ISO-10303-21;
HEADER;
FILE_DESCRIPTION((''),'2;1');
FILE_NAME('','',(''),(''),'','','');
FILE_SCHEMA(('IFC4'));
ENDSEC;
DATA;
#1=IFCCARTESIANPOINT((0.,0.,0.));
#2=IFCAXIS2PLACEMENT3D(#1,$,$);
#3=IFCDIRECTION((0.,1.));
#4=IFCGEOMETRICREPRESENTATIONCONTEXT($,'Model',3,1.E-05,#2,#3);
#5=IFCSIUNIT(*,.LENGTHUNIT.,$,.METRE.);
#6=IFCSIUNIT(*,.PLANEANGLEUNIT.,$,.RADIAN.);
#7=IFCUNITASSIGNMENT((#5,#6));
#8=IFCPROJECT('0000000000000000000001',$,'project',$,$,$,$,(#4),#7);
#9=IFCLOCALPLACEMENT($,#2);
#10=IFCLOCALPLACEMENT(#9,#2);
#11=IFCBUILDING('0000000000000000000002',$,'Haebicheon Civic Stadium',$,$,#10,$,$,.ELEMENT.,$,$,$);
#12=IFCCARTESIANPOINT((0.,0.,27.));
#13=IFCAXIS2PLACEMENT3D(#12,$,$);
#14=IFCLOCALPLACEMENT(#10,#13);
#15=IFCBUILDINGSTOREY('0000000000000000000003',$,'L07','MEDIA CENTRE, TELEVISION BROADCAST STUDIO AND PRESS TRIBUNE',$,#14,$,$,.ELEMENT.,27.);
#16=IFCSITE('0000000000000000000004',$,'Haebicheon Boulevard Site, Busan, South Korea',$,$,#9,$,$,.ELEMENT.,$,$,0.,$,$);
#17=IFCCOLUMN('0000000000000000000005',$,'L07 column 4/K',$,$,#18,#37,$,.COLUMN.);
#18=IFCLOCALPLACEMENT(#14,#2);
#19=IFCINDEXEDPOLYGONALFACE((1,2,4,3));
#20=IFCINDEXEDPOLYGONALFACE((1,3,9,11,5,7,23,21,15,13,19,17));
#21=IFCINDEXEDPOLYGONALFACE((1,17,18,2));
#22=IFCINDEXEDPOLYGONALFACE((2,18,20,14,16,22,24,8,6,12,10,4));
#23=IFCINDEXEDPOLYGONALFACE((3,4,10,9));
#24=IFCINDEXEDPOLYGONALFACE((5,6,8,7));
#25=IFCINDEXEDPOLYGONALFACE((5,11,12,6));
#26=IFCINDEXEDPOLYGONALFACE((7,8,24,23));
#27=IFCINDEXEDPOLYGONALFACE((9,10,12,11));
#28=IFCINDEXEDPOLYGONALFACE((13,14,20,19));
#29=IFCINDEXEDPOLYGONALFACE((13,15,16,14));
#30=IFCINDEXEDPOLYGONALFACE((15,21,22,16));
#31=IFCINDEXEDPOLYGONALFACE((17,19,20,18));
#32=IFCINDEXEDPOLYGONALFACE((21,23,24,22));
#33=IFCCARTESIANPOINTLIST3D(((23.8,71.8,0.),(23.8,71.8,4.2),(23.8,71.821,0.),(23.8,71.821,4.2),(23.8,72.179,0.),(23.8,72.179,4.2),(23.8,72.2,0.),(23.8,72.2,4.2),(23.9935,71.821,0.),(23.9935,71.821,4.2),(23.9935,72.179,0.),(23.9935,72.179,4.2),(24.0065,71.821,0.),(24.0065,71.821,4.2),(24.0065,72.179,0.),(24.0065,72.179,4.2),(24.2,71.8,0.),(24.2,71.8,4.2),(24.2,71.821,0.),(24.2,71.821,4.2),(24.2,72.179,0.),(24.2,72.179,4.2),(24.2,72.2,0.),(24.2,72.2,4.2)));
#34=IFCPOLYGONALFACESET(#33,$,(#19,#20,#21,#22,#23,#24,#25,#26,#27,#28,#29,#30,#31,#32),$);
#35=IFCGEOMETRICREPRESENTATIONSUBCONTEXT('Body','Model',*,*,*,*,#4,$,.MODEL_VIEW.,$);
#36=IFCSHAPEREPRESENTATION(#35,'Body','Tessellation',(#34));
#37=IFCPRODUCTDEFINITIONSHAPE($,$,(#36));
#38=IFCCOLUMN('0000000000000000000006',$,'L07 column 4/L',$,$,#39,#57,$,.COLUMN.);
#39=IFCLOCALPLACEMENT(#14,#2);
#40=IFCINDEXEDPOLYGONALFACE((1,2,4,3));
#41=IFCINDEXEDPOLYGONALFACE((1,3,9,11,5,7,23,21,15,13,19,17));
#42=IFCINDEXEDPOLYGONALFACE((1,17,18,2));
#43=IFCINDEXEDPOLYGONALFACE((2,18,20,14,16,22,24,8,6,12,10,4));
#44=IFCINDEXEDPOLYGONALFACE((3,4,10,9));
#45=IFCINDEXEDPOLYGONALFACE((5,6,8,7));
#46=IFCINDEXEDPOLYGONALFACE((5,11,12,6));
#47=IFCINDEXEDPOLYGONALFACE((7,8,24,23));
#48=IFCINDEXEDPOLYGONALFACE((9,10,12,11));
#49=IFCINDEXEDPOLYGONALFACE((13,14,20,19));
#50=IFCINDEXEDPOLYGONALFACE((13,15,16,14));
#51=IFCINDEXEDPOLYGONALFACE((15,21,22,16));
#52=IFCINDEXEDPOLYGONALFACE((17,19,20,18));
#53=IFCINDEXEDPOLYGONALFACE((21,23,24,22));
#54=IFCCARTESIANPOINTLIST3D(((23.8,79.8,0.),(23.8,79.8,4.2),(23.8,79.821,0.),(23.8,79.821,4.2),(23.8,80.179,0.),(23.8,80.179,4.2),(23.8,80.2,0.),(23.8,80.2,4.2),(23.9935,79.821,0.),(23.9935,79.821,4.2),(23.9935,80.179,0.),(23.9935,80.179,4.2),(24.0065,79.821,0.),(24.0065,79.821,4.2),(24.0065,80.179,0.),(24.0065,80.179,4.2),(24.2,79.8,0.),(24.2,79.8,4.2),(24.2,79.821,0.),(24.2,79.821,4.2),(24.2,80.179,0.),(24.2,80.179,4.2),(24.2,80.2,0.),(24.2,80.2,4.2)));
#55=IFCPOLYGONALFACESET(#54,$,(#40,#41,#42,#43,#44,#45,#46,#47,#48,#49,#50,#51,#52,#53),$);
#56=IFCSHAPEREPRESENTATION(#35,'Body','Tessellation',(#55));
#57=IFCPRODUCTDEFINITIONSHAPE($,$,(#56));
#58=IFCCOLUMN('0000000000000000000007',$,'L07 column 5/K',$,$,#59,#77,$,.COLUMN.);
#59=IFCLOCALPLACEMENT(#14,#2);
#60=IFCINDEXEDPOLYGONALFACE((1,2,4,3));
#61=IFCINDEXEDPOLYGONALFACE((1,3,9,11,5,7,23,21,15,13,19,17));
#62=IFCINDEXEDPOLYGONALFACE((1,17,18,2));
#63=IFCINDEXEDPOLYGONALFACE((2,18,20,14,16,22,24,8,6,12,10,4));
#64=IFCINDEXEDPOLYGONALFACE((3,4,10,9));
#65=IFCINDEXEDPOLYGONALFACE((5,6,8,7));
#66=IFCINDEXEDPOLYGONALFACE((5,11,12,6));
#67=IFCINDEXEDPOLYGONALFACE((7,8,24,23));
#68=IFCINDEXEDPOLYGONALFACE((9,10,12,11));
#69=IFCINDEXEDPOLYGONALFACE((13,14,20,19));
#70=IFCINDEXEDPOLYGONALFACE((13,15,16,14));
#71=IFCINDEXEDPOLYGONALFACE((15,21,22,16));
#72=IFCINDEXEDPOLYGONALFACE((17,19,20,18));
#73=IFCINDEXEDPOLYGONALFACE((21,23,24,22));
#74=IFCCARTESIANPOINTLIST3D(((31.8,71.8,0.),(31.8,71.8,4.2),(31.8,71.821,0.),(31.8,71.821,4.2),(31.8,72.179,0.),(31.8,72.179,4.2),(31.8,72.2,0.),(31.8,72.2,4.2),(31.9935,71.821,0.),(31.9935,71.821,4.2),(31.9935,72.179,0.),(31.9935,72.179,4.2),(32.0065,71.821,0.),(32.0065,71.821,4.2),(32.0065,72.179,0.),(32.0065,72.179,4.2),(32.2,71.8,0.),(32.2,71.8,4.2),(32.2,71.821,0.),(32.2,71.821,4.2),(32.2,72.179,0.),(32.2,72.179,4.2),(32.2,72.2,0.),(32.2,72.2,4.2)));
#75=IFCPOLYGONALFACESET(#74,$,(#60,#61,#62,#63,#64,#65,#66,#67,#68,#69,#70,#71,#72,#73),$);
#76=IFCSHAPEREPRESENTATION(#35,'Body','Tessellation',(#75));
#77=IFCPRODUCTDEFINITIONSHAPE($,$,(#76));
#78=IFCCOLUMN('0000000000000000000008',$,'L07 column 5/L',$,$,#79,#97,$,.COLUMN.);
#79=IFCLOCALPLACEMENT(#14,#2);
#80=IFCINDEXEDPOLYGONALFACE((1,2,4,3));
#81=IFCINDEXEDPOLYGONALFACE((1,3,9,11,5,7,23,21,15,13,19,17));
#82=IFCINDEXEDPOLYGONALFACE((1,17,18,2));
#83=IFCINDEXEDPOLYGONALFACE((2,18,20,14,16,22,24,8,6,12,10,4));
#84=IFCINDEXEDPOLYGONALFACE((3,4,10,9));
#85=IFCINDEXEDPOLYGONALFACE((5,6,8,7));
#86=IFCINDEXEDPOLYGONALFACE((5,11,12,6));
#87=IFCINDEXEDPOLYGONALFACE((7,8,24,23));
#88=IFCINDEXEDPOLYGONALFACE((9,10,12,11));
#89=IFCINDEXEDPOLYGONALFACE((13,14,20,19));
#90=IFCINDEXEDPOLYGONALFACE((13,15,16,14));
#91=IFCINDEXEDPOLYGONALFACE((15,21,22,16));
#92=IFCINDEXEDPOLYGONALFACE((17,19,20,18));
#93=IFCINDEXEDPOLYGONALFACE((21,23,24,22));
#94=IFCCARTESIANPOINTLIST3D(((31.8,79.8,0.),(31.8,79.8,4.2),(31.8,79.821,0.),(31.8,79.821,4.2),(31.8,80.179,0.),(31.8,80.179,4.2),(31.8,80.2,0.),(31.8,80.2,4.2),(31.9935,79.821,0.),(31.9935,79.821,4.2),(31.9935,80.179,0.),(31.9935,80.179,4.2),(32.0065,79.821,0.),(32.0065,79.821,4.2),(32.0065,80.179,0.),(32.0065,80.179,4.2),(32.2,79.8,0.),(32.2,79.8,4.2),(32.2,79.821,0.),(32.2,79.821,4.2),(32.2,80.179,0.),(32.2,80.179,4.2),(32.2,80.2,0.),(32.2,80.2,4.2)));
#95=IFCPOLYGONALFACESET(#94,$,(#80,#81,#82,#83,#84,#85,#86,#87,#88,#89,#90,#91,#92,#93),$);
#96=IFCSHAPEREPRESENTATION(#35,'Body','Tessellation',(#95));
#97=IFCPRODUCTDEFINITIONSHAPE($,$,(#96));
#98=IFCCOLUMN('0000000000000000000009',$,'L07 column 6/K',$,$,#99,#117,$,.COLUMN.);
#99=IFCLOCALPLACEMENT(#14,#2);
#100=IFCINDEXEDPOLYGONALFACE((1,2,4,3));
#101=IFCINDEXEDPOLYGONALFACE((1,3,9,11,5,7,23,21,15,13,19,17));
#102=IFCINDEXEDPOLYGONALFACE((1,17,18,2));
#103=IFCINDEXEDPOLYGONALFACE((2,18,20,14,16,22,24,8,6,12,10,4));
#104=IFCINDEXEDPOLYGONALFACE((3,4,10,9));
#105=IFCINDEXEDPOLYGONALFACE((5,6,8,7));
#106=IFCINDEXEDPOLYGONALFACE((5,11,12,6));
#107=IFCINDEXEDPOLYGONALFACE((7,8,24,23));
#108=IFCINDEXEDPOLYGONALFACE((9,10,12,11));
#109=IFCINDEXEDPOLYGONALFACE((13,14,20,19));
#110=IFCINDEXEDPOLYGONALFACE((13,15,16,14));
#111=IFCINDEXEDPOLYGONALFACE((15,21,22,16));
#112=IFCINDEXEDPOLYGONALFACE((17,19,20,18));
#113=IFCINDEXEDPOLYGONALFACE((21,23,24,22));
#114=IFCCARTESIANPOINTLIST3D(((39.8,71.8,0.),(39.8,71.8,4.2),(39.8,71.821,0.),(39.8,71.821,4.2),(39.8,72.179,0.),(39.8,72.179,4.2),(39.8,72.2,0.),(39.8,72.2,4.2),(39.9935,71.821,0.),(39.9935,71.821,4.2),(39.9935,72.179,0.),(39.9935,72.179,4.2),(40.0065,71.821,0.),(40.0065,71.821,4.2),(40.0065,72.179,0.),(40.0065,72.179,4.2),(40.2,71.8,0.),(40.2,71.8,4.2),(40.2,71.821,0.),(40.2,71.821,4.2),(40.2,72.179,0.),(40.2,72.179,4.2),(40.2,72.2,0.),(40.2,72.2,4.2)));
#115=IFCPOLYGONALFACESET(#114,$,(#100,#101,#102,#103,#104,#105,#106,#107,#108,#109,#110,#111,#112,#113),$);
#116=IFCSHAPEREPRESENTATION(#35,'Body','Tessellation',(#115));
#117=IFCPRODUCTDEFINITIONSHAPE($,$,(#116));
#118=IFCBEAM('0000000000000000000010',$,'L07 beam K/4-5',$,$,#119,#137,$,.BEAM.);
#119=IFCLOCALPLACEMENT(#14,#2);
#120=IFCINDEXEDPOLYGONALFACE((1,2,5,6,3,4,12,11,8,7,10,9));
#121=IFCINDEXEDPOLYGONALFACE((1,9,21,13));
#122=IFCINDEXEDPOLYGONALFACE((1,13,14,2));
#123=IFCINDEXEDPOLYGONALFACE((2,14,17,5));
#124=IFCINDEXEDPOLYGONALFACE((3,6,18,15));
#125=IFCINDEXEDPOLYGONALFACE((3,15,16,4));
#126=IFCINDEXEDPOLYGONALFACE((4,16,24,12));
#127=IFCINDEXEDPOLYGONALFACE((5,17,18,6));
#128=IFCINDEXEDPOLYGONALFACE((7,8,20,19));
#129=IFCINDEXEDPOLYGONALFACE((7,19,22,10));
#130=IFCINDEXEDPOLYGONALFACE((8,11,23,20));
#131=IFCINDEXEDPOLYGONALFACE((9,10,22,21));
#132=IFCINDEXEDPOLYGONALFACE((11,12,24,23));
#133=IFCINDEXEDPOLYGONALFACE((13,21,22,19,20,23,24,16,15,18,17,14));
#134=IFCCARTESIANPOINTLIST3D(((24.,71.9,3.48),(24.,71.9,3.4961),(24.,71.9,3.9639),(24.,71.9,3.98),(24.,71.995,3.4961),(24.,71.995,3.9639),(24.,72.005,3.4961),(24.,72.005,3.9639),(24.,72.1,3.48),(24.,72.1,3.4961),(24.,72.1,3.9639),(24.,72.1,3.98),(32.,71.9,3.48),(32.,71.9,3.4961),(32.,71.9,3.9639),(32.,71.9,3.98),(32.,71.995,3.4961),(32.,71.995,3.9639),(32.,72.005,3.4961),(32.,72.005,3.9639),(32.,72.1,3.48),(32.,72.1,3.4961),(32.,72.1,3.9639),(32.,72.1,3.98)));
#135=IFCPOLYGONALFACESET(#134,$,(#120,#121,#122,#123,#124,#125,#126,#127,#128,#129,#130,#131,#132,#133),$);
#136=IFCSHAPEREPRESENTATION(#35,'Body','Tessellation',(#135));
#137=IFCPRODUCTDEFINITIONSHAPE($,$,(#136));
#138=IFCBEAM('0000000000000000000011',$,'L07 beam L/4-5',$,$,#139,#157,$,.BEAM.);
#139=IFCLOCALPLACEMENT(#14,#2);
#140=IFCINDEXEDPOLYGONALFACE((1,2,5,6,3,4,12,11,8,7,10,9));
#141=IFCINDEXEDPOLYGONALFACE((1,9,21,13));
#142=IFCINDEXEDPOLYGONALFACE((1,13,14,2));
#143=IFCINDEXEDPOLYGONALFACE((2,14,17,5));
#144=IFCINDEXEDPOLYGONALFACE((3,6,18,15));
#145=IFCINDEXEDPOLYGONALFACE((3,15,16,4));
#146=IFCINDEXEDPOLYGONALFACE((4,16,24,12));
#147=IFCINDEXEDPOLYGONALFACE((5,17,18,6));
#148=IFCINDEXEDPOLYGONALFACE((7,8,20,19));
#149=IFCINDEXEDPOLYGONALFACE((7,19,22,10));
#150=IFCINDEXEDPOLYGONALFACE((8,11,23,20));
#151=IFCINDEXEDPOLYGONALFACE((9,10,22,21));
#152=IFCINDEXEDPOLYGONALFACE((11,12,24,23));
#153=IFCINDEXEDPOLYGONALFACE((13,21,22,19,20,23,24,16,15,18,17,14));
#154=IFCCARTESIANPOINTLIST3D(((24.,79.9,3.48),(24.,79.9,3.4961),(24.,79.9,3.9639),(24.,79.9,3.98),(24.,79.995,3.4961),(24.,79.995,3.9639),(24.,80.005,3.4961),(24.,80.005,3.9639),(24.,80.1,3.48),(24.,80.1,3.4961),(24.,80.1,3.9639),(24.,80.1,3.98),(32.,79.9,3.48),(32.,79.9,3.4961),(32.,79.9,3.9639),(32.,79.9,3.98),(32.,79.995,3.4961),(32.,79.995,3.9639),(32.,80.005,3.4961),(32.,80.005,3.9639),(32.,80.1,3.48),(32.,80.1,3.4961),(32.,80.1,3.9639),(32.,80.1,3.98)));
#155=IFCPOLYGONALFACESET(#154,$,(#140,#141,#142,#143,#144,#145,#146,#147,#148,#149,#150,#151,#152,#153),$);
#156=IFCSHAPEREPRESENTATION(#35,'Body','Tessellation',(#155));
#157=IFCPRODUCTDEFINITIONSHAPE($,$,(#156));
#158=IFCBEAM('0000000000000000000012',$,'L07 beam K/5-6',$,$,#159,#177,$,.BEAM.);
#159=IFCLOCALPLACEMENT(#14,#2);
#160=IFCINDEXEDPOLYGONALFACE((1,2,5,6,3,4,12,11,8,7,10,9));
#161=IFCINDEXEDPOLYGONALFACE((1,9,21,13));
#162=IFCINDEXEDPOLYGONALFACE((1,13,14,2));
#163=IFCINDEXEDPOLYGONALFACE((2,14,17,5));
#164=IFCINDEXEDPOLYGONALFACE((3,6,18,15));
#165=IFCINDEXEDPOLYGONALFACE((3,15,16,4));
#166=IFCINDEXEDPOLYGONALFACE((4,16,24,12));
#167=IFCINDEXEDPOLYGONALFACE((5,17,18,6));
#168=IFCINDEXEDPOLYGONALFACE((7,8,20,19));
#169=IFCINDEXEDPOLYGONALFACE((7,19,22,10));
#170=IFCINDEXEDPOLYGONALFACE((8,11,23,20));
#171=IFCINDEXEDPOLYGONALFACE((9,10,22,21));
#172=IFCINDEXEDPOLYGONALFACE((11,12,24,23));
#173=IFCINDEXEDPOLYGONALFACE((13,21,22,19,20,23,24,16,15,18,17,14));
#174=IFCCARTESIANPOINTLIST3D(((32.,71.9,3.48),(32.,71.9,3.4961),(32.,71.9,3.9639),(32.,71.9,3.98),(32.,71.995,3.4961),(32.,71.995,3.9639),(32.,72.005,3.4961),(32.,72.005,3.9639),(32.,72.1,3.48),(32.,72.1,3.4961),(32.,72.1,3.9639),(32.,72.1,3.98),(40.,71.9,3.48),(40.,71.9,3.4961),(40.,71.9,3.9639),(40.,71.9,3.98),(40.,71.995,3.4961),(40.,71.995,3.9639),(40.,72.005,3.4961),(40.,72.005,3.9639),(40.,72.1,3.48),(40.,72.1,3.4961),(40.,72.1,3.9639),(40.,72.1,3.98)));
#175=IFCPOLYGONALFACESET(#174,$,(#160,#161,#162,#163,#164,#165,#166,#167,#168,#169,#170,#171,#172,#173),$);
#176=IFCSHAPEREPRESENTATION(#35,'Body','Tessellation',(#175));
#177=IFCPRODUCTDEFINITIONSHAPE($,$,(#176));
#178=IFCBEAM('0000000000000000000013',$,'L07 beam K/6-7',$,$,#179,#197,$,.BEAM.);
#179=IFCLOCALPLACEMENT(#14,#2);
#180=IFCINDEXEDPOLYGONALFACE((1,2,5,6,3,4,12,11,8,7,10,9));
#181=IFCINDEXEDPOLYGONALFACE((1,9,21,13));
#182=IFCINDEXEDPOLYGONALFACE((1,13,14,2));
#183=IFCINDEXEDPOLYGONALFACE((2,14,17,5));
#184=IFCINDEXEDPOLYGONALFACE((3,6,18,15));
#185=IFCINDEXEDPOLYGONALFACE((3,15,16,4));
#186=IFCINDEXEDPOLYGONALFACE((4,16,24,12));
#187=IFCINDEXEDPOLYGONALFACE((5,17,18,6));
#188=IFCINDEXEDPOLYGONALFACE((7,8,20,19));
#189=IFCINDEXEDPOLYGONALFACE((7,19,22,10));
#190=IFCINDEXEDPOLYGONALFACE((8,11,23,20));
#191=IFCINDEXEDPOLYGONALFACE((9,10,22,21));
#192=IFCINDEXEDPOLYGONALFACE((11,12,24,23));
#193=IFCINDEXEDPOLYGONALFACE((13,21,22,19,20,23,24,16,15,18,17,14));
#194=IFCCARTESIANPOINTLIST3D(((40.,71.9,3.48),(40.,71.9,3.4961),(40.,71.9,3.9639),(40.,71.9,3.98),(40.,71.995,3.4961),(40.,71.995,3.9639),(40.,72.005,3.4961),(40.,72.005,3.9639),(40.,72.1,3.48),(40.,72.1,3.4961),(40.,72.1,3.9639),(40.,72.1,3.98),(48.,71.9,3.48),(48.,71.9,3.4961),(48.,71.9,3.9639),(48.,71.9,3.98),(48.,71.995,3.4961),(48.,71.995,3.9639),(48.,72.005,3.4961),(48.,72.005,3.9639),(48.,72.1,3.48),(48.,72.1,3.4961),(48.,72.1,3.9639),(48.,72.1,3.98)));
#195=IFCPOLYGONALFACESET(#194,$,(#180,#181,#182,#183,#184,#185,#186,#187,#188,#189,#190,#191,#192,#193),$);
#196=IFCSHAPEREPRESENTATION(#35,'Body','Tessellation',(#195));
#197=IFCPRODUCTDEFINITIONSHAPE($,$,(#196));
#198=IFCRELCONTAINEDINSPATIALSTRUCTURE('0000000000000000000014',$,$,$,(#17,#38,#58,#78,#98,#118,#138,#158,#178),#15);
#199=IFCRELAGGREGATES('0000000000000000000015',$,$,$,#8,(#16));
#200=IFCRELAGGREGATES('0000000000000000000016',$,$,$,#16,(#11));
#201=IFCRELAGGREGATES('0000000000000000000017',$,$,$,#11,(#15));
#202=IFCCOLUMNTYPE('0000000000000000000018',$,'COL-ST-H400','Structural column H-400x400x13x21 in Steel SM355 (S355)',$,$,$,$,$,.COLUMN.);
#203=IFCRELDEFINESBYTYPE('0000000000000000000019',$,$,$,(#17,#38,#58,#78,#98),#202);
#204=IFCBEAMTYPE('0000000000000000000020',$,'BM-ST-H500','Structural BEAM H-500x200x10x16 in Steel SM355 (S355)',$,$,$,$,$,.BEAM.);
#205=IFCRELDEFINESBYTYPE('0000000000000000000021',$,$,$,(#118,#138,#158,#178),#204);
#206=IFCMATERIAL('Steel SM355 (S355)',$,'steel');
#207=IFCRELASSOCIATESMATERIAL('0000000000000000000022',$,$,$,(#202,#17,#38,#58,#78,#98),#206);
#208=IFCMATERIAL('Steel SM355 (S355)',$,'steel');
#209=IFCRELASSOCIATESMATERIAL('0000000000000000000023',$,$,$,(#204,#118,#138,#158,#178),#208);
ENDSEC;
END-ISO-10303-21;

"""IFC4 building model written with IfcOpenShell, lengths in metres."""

from ifc_helpers import new_model, si_unit, direction, frame, origin, origin_2d, place, context, subcontext, project, spatial, i_section, extrude, material, material_profile, profile_set, type_object, element, save


model = new_model("IFC4")

# Units and contexts
model_context = context("Model", 3, precision=1e-05, world=origin(), true_north=direction((0.0, 1.0)))
body_context = subcontext(model_context, "Body", "Model", "MODEL_VIEW")
ifc_project = project(units=[si_unit("LENGTHUNIT", "METRE"), si_unit("PLANEANGLEUNIT", "RADIAN")], contexts=[model_context])

# Site, building, storey
site_placement = place(None, origin())
site = spatial("IfcSite", under=ifc_project, at=site_placement, Name="Haebicheon Boulevard Site, Busan, South Korea", CompositionType="ELEMENT", RefElevation=0.0)
building_placement = place(site_placement, origin())
building = spatial("IfcBuilding", under=site, at=building_placement, Name="Haebicheon Civic Stadium", CompositionType="ELEMENT")
storey_placement = place(building_placement, frame((0.0, 0.0, 27.0)))
storey = spatial("IfcBuildingStorey", under=building, at=storey_placement, Name="L07", Description="MEDIA CENTRE, TELEVISION BROADCAST STUDIO AND PRESS TRIBUNE", CompositionType="ELEMENT", Elevation=27.0)

# Columns
ifc_material_1 = material(Name="Steel SM355 (S355)", Category="steel")
ifc_material_profile_1 = material_profile(ifc_material_1, i_section(OverallWidth=0.3999, OverallDepth=0.3999, WebThickness=0.0129, FlangeThickness=0.021, at=origin_2d()), Name="H-400x400x13x21")
ifc_profile_set_1 = profile_set([ifc_material_profile_1], Name="Steel SM355 (S355)")
column_type = type_object("IfcColumnType", Name="COL-ST-H400", Description="Structural column H-400x400x13x21 in Steel SM355 (S355)", PredefinedType="COLUMN", material=ifc_profile_set_1)
for number, where, z_axis, x_axis, name in (
    (1, (24.0, 72.0, 0.0), (0.0, 0.0, 1.0), (1.0, 0.0, 0.0), "L07 column 4/K"),
    (2, (24.0, 80.0, 0.0), (0.0, 0.0, 1.0), (1.0, 0.0, 0.0), "L07 column 4/L"),
    (3, (32.0, 72.0, 0.0), (0.0, 0.0, 1.0), (1.0, 0.0, 0.0), "L07 column 5/K"),
    (4, (32.0, 80.0, 0.0), (0.0, 0.0, 1.0), (1.0, 0.0, 0.0), "L07 column 5/L"),
    (5, (40.0, 72.0, 0.0), (0.0, 0.0, 1.0), (1.0, 0.0, 0.0), "L07 column 6/K"),
):
    element("IfcColumn", number, at=place(storey_placement, frame(where, z_axis=z_axis, x_axis=x_axis)), inside=storey, type_object=column_type, material=ifc_profile_set_1, Name=name, PredefinedType="COLUMN", context=body_context, shape_type="SweptSolid", body=[
        extrude(i_section(OverallWidth=0.3999, OverallDepth=0.3999, WebThickness=0.0129, FlangeThickness=0.021, at=origin_2d()), origin(), (0.0, 0.0, 1.0), 4.2),
    ])

# Beams
ifc_material_2 = material(Name="Steel SM355 (S355)", Category="steel")
ifc_material_profile_2 = material_profile(ifc_material_2, i_section(OverallWidth=0.2, OverallDepth=0.5, WebThickness=0.01, FlangeThickness=0.0161, at=origin_2d()), Name="H-500x200x10x16")
ifc_profile_set_2 = profile_set([ifc_material_profile_2], Name="Steel SM355 (S355)")
beam_type_1 = type_object("IfcBeamType", Name="BM-ST-H500", Description="Structural BEAM H-500x200x10x16 in Steel SM355 (S355)", PredefinedType="BEAM", material=ifc_profile_set_2)
for number, where, z_axis, x_axis, name in (
    (6, (24.0, 72.0, 3.73), (1.0, 0.0, 0.0), (0.0, 1.0, 0.0), "L07 beam K/4-5"),
    (7, (24.0, 80.0, 3.73), (1.0, 0.0, 0.0), (0.0, 1.0, 0.0), "L07 beam L/4-5"),
    (8, (32.0, 72.0, 3.73), (1.0, 0.0, 0.0), (0.0, 1.0, 0.0), "L07 beam K/5-6"),
    (9, (40.0, 72.0, 3.73), (1.0, 0.0, 0.0), (0.0, 1.0, 0.0), "L07 beam K/6-7"),
):
    element("IfcBeam", number, at=place(storey_placement, frame(where, z_axis=z_axis, x_axis=x_axis)), inside=storey, type_object=beam_type_1, material=ifc_profile_set_2, Name=name, PredefinedType="BEAM", context=body_context, shape_type="SweptSolid", body=[
        extrude(i_section(OverallWidth=0.2, OverallDepth=0.5, WebThickness=0.01, FlangeThickness=0.0161, at=origin_2d()), origin(), (0.0, 0.0, 1.0), 8.0),
    ])

save(model, "model.ifc")
